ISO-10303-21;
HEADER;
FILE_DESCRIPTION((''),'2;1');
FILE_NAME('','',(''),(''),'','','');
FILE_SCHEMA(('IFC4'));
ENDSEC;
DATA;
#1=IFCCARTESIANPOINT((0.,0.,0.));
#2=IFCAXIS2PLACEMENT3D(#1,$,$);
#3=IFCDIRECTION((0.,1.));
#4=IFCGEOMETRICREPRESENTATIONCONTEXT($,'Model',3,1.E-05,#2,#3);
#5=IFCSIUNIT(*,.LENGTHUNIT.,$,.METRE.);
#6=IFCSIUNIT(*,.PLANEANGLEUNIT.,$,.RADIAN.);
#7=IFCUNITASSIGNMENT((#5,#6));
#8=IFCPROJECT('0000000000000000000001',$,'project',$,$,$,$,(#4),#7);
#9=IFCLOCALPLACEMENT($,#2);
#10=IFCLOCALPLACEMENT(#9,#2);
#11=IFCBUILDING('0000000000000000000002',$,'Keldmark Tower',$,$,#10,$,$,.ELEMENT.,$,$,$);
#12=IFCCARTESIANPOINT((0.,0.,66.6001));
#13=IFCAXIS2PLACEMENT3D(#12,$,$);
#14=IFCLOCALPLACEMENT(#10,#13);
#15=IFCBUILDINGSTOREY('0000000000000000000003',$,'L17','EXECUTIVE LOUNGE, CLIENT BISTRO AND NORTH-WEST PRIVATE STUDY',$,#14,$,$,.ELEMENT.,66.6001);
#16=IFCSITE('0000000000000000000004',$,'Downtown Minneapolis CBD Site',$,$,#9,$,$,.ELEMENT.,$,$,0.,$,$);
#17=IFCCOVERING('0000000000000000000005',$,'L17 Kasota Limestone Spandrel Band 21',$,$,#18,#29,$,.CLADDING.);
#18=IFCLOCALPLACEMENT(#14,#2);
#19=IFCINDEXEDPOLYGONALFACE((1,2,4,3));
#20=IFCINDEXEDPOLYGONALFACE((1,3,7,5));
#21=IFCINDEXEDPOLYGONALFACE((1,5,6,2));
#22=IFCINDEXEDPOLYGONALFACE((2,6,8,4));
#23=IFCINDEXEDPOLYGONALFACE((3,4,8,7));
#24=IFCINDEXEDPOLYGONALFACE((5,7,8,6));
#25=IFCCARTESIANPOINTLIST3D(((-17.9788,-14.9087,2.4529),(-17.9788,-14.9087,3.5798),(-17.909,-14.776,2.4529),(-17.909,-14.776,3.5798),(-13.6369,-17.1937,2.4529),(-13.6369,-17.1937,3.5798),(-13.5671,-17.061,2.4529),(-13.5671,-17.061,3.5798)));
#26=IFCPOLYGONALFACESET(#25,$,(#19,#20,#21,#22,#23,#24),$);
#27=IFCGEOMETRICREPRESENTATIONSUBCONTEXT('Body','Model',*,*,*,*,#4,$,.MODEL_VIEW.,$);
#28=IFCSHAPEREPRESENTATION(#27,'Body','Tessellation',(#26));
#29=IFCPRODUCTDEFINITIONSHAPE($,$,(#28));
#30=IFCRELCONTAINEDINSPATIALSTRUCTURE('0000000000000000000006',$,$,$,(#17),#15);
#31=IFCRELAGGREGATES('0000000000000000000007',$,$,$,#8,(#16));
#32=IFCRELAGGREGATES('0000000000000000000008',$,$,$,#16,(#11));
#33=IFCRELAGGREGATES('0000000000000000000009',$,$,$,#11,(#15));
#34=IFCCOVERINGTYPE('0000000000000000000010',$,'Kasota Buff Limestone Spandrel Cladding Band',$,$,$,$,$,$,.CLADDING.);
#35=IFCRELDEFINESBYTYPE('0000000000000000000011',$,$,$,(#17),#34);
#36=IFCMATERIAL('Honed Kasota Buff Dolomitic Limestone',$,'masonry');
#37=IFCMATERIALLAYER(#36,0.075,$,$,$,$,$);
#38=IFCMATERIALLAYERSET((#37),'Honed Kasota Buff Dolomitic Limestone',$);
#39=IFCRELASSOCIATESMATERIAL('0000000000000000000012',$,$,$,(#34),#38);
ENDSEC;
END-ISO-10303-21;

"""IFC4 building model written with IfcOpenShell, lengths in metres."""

from ifc_helpers import new_model, si_unit, direction, frame, origin, origin_2d, place, context, subcontext, project, spatial, rectangle, extrude, material, layer, layer_set, type_object, element, save


model = new_model("IFC4")

# Units and contexts
model_context = context("Model", 3, precision=1e-05, world=origin(), true_north=direction((0.0, 1.0)))
body_context = subcontext(model_context, "Body", "Model", "MODEL_VIEW")
ifc_project = project(units=[si_unit("LENGTHUNIT", "METRE"), si_unit("PLANEANGLEUNIT", "RADIAN")], contexts=[model_context])

# Site, building, storey
site_placement = place(None, origin())
site = spatial("IfcSite", under=ifc_project, at=site_placement, Name="Downtown Minneapolis CBD Site", CompositionType="ELEMENT", RefElevation=0.0)
building_placement = place(site_placement, origin())
building = spatial("IfcBuilding", under=site, at=building_placement, Name="Keldmark Tower", CompositionType="ELEMENT")
storey_placement = place(building_placement, frame((0.0, 0.0, 66.6001)))
storey = spatial("IfcBuildingStorey", under=building, at=storey_placement, Name="L17", Description="EXECUTIVE LOUNGE, CLIENT BISTRO AND NORTH-WEST PRIVATE STUDY", CompositionType="ELEMENT", Elevation=66.6001)

# Covering
ifc_material_1 = material(Name="Honed Kasota Buff Dolomitic Limestone", Category="masonry")
ifc_layer_1 = layer(ifc_material_1, 0.075)
ifc_layer_set_1 = layer_set([ifc_layer_1], Name="Honed Kasota Buff Dolomitic Limestone")
covering_type = type_object("IfcCoveringType", Name="Kasota Buff Limestone Spandrel Cladding Band", PredefinedType="CLADDING", material=ifc_layer_set_1)
covering_placement = place(storey_placement, frame((-15.7729, -15.9849, 2.4529), z_axis=(0.0, 0.0, 1.0), x_axis=(0.884939, -0.465707, 0.0)))
element("IfcCovering", 1, at=covering_placement, inside=storey, type_object=covering_type, Name="L17 Kasota Limestone Spandrel Band 21", PredefinedType="CLADDING", context=body_context, shape_type="SweptSolid", body=[
    extrude(rectangle(XDim=4.9065, YDim=0.1499, at=origin_2d()), origin(), (0.0, 0.0, 1.0), 1.127),
])

save(model, "model.ifc")
